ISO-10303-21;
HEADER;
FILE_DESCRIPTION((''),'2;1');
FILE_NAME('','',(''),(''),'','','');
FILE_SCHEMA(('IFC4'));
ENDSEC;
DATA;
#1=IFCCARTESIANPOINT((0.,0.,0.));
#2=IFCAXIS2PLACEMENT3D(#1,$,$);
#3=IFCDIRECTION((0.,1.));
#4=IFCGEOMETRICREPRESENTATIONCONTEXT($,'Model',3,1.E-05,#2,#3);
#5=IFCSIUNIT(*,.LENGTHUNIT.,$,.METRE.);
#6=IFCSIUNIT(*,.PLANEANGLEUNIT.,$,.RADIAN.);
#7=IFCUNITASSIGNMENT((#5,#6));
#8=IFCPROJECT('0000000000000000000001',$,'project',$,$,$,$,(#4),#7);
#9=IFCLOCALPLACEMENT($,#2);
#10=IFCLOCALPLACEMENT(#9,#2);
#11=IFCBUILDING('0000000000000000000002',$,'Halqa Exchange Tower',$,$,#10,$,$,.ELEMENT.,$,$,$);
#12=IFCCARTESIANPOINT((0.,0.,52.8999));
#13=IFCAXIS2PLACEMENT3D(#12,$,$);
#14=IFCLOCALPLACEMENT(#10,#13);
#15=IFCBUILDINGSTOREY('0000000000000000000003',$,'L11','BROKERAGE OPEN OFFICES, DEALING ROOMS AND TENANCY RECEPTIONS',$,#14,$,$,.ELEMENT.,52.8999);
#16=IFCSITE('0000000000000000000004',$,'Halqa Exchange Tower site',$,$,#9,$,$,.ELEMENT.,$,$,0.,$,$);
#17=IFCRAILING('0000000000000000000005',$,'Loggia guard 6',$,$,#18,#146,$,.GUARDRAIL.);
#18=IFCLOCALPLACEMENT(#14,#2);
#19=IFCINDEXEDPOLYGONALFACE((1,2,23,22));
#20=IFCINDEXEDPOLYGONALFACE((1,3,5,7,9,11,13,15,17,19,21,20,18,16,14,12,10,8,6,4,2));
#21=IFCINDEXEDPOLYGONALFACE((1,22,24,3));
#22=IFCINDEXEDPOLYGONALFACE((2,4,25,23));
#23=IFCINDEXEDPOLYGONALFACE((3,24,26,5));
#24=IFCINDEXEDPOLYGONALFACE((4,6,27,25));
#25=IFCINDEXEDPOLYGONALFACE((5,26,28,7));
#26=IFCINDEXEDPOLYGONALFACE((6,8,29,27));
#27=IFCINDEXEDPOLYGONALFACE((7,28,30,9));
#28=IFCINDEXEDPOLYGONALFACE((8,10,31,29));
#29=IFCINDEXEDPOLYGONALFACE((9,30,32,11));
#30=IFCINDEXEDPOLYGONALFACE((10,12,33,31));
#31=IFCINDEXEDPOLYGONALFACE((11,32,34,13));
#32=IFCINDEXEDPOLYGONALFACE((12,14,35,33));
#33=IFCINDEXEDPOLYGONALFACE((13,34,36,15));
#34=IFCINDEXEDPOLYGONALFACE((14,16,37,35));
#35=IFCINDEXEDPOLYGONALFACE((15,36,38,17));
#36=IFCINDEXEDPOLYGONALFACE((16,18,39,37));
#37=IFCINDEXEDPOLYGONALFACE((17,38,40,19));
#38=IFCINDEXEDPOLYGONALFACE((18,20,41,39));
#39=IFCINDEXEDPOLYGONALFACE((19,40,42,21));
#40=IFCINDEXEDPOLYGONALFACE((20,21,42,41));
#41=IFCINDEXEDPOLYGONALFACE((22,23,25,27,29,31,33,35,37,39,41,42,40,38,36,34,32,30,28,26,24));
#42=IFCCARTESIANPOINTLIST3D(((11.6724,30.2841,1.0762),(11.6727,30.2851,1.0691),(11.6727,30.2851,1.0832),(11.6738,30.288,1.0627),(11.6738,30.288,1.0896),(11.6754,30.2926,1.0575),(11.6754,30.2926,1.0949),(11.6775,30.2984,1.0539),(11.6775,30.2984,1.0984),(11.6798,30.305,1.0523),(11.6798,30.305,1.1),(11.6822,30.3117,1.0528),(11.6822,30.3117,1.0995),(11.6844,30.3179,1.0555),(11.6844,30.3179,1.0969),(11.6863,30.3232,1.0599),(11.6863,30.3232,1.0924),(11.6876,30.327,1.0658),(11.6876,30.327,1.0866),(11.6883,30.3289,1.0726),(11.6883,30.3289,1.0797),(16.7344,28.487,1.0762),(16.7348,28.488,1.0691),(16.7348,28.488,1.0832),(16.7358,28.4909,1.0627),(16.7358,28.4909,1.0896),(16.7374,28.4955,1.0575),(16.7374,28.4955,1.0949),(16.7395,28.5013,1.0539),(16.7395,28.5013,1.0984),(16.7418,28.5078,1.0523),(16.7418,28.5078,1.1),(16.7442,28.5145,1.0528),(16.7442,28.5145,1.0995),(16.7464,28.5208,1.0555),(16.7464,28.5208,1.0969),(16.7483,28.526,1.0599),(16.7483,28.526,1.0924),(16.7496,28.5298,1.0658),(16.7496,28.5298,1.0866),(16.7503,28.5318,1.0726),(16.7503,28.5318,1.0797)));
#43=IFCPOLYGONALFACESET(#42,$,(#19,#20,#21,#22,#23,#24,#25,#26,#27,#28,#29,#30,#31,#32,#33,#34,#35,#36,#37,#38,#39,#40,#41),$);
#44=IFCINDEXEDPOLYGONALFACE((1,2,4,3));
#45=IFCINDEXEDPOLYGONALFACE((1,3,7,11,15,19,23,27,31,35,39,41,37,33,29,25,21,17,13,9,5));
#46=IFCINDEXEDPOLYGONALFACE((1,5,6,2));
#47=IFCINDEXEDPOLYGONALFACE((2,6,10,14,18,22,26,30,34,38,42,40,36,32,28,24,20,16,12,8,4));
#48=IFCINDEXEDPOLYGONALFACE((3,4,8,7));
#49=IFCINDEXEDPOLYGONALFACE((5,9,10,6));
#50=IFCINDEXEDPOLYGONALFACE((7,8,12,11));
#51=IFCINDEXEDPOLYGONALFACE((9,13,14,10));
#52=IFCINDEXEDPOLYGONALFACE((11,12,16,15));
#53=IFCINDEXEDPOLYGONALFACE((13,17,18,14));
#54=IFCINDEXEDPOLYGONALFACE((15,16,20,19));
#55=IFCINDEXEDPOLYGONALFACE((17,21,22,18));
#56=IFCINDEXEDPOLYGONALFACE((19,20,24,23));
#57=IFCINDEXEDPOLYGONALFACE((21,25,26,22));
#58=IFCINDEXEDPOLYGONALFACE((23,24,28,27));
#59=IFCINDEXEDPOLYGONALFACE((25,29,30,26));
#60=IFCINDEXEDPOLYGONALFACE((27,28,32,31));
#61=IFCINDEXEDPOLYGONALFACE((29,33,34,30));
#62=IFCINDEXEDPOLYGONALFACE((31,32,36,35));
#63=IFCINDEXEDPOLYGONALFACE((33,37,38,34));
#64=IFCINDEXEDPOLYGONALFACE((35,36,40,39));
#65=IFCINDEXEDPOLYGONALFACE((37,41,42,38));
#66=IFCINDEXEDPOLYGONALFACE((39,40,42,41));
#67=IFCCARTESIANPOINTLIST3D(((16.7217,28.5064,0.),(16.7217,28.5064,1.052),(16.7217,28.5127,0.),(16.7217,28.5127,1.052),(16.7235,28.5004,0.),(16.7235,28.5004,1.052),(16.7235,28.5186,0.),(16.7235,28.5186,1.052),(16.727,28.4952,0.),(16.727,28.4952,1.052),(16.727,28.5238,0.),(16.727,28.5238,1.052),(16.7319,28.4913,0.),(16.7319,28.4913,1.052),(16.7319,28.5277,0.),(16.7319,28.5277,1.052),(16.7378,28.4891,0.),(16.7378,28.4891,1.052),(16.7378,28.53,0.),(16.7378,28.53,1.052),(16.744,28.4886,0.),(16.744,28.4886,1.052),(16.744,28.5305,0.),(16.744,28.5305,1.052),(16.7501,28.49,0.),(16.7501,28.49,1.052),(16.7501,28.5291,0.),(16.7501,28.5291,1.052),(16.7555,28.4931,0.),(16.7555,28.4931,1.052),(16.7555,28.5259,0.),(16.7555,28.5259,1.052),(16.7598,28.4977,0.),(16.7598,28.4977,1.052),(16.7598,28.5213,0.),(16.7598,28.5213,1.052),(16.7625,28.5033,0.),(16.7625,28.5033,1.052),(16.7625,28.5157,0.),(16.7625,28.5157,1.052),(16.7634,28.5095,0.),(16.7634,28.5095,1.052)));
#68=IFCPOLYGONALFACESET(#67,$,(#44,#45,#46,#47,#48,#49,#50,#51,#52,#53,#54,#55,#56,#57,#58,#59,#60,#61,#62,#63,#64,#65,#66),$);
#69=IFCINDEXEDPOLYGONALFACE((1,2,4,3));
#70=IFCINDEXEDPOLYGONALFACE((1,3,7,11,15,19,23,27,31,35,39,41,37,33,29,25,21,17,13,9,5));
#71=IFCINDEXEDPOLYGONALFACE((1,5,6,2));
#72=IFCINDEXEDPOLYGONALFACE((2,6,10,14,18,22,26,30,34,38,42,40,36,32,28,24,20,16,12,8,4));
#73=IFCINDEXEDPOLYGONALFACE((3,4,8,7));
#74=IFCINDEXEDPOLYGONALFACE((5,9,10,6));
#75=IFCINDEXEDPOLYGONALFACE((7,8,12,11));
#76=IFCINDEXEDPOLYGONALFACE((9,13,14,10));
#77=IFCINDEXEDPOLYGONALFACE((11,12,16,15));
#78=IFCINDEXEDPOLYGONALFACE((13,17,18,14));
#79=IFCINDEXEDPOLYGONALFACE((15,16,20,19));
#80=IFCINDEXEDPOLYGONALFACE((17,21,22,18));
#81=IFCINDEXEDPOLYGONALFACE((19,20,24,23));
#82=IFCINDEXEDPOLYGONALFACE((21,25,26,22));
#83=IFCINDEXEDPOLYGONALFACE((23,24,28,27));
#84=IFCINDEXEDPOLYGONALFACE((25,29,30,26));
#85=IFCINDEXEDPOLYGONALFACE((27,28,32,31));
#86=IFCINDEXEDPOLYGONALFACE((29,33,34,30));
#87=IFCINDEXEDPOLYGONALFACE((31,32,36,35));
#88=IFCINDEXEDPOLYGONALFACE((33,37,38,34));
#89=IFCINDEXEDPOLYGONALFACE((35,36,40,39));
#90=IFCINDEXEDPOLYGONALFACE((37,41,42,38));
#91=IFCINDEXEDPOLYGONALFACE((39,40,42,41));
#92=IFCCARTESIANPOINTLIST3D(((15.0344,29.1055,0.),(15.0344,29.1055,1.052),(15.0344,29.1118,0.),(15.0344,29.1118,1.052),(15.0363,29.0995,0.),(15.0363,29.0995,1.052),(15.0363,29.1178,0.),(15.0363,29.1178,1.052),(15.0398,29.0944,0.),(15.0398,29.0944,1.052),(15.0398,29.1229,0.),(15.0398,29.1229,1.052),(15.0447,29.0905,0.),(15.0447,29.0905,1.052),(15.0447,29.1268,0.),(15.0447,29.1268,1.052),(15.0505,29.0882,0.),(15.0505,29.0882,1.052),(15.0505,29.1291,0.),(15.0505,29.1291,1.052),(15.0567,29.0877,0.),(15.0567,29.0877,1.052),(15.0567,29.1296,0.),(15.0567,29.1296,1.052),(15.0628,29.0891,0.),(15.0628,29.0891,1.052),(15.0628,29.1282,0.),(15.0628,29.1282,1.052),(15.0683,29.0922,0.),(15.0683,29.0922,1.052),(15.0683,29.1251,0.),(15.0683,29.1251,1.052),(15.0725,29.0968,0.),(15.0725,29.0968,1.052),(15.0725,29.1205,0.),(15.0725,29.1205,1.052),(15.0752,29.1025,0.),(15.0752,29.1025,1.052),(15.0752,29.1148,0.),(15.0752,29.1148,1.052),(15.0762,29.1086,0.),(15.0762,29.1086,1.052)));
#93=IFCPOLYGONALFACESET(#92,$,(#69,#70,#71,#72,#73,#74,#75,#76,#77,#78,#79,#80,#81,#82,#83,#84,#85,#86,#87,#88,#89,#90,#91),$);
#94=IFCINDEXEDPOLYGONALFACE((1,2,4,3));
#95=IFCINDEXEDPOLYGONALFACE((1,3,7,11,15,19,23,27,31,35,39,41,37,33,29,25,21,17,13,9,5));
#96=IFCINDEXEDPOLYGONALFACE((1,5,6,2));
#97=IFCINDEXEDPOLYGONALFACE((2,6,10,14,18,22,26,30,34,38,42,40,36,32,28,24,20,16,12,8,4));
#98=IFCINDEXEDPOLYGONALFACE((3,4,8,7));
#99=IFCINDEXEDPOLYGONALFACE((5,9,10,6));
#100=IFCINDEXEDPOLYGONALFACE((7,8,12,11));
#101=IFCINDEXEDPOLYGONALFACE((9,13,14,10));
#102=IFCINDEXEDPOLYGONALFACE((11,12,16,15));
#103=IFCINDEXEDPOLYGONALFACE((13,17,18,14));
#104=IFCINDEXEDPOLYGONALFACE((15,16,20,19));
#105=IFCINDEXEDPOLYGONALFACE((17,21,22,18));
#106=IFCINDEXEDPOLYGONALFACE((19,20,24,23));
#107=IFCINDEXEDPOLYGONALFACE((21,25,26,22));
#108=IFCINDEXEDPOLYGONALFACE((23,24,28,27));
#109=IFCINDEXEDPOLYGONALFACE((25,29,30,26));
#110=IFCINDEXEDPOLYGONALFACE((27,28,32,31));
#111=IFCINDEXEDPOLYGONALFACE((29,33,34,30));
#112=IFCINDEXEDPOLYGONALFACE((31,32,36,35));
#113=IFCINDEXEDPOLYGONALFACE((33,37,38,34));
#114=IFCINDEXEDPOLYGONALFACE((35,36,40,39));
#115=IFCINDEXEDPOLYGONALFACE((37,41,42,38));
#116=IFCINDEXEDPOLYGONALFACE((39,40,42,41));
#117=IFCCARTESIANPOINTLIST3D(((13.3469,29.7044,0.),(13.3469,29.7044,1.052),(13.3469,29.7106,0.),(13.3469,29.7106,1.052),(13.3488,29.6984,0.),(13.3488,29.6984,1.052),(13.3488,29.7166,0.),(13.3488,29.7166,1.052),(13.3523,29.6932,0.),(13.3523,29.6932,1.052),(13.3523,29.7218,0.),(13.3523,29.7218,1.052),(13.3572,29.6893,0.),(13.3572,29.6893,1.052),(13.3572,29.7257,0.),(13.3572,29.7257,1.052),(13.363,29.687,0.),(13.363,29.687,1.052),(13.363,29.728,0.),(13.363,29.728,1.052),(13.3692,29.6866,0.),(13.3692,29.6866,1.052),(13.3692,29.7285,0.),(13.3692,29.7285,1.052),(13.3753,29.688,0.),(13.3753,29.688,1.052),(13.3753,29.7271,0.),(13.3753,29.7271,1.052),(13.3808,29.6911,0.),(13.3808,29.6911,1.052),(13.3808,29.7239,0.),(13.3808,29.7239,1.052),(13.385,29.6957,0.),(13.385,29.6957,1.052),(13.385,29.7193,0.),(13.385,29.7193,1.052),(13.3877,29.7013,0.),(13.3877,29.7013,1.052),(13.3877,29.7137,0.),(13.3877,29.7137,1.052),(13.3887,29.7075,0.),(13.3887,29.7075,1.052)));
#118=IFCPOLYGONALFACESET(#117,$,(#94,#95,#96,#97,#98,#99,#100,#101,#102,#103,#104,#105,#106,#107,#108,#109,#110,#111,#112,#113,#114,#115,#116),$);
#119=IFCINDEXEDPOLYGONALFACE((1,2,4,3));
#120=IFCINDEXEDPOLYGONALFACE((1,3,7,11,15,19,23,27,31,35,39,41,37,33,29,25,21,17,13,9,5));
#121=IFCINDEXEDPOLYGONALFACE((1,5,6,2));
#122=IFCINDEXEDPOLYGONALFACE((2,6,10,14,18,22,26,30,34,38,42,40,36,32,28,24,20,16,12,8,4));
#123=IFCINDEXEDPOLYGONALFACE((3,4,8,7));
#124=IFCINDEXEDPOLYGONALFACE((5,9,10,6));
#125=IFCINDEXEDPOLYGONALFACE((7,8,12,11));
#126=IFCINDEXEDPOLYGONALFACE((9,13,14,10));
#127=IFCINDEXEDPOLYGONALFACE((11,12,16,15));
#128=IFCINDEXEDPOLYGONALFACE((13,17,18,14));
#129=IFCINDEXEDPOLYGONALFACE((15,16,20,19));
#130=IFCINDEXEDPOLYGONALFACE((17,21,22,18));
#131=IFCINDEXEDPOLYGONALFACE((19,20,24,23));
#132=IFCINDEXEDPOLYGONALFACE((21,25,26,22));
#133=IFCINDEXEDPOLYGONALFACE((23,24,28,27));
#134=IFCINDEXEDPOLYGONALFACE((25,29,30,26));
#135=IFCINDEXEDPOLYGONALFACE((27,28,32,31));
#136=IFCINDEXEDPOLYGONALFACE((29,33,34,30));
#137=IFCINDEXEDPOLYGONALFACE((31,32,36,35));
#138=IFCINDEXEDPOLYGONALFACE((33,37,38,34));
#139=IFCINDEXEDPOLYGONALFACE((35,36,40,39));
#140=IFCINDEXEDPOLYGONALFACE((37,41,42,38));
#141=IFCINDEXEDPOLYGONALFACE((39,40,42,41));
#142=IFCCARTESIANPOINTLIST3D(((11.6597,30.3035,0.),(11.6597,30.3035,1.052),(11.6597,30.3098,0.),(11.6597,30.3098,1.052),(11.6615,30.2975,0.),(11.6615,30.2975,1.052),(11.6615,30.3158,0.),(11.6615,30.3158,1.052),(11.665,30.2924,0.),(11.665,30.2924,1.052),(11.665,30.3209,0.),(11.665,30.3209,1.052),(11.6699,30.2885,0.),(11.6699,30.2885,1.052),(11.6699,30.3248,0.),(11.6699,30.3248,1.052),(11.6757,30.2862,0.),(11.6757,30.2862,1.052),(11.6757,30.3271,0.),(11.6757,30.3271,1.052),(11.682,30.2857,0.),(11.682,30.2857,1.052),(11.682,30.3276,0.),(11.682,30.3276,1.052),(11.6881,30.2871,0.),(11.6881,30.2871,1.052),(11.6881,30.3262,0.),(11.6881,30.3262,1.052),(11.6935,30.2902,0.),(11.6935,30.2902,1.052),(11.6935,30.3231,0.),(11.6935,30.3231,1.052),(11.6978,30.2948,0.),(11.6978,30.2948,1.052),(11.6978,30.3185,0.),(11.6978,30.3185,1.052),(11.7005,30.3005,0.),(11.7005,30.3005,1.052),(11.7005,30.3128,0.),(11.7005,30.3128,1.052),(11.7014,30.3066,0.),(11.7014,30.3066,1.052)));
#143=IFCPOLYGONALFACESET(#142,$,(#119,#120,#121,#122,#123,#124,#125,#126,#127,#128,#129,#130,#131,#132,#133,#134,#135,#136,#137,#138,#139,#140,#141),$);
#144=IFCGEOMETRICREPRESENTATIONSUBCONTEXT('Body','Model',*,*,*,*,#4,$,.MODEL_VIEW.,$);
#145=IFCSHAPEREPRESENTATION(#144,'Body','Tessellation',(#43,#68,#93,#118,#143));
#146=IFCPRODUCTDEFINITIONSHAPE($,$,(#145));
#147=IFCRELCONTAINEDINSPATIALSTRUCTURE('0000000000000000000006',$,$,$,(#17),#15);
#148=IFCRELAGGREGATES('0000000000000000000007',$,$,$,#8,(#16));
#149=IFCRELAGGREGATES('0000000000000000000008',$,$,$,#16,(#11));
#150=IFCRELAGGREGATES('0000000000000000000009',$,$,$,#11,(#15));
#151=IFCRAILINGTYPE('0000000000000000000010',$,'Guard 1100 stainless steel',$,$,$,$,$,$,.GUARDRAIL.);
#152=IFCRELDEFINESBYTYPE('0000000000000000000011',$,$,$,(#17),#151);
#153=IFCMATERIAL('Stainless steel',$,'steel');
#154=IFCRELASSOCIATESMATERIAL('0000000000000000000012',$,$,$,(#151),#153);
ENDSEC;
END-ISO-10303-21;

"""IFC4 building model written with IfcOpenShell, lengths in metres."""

from ifc_helpers import new_model, si_unit, direction, frame, origin, origin_2d, place, context, subcontext, project, spatial, circle, extrude, material, type_object, element, save


model = new_model("IFC4")

# Units and contexts
model_context = context("Model", 3, precision=1e-05, world=origin(), true_north=direction((0.0, 1.0)))
body_context = subcontext(model_context, "Body", "Model", "MODEL_VIEW")
ifc_project = project(units=[si_unit("LENGTHUNIT", "METRE"), si_unit("PLANEANGLEUNIT", "RADIAN")], contexts=[model_context])

# Site, building, storey
site_placement = place(None, origin())
site = spatial("IfcSite", under=ifc_project, at=site_placement, Name="Halqa Exchange Tower site", CompositionType="ELEMENT", RefElevation=0.0)
building_placement = place(site_placement, origin())
building = spatial("IfcBuilding", under=site, at=building_placement, Name="Halqa Exchange Tower", CompositionType="ELEMENT")
storey_placement = place(building_placement, frame((0.0, 0.0, 52.8999)))
storey = spatial("IfcBuildingStorey", under=building, at=storey_placement, Name="L11", Description="BROKERAGE OPEN OFFICES, DEALING ROOMS AND TENANCY RECEPTIONS", CompositionType="ELEMENT", Elevation=52.8999)

# Railing
ifc_material_1 = material(Name="Stainless steel", Category="steel")
railing_type = type_object("IfcRailingType", Name="Guard 1100 stainless steel", PredefinedType="GUARDRAIL", material=ifc_material_1)
railing_1_placement = place(storey_placement, frame((16.7424, 28.5095, 0.0)))
element("IfcRailing", 1, at=railing_1_placement, inside=storey, type_object=railing_type, Name="Loggia guard 6", PredefinedType="GUARDRAIL", context=body_context, shape_type="SweptSolid", body=[
    extrude(circle(Radius=0.0239, at=origin_2d()), frame((0.0, 0.0, 1.0762), z_axis=(-0.942374, 0.334562, 0.0), x_axis=(-0.334562, -0.942374, 0.0)), (0.0, 0.0, 1.0), 5.3716),
    extrude(circle(Radius=0.021, at=origin_2d()), origin(), (0.0, 0.0, 1.0), 1.052),
    extrude(circle(Radius=0.021, at=origin_2d()), frame((-1.6873, 0.5991, 0.0)), (0.0, 0.0, 1.0), 1.052),
    extrude(circle(Radius=0.021, at=origin_2d()), frame((-3.3748, 1.198, 0.0)), (0.0, 0.0, 1.0), 1.052),
    extrude(circle(Radius=0.021, at=origin_2d()), frame((-5.062, 1.7971, 0.0)), (0.0, 0.0, 1.0), 1.052),
])

save(model, "model.ifc")
